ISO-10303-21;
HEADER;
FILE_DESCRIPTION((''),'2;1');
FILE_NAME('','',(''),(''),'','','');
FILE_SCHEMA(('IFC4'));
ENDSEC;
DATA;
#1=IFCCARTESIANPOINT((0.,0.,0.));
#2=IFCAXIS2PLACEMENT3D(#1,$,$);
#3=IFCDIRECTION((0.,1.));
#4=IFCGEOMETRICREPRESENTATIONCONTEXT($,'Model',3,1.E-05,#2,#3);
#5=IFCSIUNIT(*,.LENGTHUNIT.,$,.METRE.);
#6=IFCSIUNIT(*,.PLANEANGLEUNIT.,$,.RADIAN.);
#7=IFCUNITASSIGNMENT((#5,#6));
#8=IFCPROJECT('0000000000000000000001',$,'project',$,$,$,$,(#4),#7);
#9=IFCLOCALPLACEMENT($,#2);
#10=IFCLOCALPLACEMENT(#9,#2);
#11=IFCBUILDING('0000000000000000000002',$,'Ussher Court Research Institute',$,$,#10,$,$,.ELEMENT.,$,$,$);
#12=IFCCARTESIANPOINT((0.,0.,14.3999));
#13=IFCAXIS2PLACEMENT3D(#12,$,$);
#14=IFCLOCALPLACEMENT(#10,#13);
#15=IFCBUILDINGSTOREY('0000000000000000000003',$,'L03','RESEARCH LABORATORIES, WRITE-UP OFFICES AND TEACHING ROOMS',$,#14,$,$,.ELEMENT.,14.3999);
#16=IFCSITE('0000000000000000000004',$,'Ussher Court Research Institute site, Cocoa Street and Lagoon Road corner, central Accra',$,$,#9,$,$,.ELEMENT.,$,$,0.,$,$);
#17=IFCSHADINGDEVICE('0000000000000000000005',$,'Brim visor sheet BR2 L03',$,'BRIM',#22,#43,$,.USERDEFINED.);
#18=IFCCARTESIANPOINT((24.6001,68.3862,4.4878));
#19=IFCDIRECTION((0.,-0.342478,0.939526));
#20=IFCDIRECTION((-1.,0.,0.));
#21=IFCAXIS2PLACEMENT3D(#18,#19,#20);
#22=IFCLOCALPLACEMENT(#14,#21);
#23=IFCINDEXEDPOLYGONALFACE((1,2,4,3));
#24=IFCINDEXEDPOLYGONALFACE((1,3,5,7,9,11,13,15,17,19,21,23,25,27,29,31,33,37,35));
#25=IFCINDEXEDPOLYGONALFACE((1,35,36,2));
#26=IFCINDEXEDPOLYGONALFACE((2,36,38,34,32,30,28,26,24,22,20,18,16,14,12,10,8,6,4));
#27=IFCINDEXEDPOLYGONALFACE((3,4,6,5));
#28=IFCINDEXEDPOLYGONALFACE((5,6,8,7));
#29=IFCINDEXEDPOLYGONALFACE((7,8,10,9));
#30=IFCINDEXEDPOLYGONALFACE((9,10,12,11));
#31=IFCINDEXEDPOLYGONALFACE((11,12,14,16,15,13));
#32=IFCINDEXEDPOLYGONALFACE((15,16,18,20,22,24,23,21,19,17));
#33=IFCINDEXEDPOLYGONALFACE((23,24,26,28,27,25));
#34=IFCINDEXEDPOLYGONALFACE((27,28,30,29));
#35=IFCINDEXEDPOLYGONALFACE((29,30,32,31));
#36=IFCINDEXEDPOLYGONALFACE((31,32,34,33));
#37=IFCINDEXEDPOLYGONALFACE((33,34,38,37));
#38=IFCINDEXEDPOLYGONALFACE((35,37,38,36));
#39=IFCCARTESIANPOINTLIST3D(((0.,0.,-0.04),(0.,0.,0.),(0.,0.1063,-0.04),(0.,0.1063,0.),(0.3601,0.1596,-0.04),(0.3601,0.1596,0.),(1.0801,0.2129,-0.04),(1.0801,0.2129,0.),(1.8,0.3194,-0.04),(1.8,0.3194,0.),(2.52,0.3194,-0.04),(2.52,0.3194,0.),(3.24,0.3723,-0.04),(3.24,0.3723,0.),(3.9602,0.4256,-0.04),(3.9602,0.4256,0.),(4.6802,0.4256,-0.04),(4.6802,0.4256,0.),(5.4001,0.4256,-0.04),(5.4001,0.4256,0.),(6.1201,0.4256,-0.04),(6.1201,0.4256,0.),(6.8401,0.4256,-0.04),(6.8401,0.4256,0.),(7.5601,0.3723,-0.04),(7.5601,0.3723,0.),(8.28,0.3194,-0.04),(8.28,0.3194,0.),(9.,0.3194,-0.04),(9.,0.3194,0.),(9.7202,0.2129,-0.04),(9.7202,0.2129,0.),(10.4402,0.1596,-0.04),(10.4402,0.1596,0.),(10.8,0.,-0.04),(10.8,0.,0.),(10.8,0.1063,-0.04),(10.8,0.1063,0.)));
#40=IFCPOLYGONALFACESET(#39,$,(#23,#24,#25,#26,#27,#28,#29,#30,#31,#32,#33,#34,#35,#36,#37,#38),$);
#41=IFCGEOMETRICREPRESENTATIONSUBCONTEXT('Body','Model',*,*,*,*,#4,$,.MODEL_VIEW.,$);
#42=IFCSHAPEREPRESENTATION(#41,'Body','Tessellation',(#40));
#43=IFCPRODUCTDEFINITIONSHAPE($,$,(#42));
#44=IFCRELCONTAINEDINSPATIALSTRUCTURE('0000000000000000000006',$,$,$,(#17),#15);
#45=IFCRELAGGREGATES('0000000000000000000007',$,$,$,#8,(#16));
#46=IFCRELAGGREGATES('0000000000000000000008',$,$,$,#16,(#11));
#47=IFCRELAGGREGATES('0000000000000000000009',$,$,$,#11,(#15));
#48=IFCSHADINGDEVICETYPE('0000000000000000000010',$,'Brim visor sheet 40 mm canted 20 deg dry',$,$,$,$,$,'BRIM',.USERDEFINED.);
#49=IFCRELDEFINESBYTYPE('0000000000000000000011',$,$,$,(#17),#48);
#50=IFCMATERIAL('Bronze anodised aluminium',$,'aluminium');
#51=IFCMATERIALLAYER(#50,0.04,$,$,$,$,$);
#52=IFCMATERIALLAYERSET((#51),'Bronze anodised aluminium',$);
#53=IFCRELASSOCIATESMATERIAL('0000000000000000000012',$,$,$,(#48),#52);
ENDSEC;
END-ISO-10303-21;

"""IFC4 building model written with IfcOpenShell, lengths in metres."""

from ifc_helpers import new_model, si_unit, direction, frame, origin, place, context, subcontext, project, spatial, polyline, outline, extrude, material, layer, layer_set, type_object, element, save


model = new_model("IFC4")

# Units and contexts
model_context = context("Model", 3, precision=1e-05, world=origin(), true_north=direction((0.0, 1.0)))
body_context = subcontext(model_context, "Body", "Model", "MODEL_VIEW")
ifc_project = project(units=[si_unit("LENGTHUNIT", "METRE"), si_unit("PLANEANGLEUNIT", "RADIAN")], contexts=[model_context])

# Site, building, storey
site_placement = place(None, origin())
site = spatial("IfcSite", under=ifc_project, at=site_placement, Name="Ussher Court Research Institute site, Cocoa Street and Lagoon Road corner, central Accra", CompositionType="ELEMENT", RefElevation=0.0)
building_placement = place(site_placement, origin())
building = spatial("IfcBuilding", under=site, at=building_placement, Name="Ussher Court Research Institute", CompositionType="ELEMENT")
storey_placement = place(building_placement, frame((0.0, 0.0, 14.3999)))
storey = spatial("IfcBuildingStorey", under=building, at=storey_placement, Name="L03", Description="RESEARCH LABORATORIES, WRITE-UP OFFICES AND TEACHING ROOMS", CompositionType="ELEMENT", Elevation=14.3999)

# Shading device
ifc_material_1 = material(Name="Bronze anodised aluminium", Category="aluminium")
ifc_layer_1 = layer(ifc_material_1, 0.04)
ifc_layer_set_1 = layer_set([ifc_layer_1], Name="Bronze anodised aluminium")
shading_device_type_1 = type_object("IfcShadingDeviceType", Name="Brim visor sheet 40 mm canted 20 deg dry", ElementType="BRIM", PredefinedType="USERDEFINED", material=ifc_layer_set_1)
shading_device_1_placement = place(storey_placement, frame((24.6001, 68.3862, 4.4878), z_axis=(0.0, -0.342478, 0.939526), x_axis=(-1.0, 0.0, 0.0)))
element("IfcShadingDevice", 1, at=shading_device_1_placement, inside=storey, type_object=shading_device_type_1, Name="Brim visor sheet BR2 L03", ObjectType="BRIM", PredefinedType="USERDEFINED", context=body_context, shape_type="SweptSolid", body=[
    extrude(outline(polyline([(0.0, 0.0), (10.8, 0.0), (10.8, 0.1063), (10.4402, 0.1596), (9.7202, 0.2129), (9.0, 0.3194), (8.28, 0.3194), (7.5601, 0.3723), (6.8401, 0.4256), (6.1201, 0.4256), (5.4001, 0.4256), (4.6802, 0.4256), (3.9602, 0.4256), (3.24, 0.3723), (2.52, 0.3194), (1.8, 0.3194), (1.0801, 0.2129), (0.3601, 0.1596), (0.0, 0.1063), (0.0, 0.0)])), origin(), (0.0, 0.0, -1.0), 0.04),
])

save(model, "model.ifc")
